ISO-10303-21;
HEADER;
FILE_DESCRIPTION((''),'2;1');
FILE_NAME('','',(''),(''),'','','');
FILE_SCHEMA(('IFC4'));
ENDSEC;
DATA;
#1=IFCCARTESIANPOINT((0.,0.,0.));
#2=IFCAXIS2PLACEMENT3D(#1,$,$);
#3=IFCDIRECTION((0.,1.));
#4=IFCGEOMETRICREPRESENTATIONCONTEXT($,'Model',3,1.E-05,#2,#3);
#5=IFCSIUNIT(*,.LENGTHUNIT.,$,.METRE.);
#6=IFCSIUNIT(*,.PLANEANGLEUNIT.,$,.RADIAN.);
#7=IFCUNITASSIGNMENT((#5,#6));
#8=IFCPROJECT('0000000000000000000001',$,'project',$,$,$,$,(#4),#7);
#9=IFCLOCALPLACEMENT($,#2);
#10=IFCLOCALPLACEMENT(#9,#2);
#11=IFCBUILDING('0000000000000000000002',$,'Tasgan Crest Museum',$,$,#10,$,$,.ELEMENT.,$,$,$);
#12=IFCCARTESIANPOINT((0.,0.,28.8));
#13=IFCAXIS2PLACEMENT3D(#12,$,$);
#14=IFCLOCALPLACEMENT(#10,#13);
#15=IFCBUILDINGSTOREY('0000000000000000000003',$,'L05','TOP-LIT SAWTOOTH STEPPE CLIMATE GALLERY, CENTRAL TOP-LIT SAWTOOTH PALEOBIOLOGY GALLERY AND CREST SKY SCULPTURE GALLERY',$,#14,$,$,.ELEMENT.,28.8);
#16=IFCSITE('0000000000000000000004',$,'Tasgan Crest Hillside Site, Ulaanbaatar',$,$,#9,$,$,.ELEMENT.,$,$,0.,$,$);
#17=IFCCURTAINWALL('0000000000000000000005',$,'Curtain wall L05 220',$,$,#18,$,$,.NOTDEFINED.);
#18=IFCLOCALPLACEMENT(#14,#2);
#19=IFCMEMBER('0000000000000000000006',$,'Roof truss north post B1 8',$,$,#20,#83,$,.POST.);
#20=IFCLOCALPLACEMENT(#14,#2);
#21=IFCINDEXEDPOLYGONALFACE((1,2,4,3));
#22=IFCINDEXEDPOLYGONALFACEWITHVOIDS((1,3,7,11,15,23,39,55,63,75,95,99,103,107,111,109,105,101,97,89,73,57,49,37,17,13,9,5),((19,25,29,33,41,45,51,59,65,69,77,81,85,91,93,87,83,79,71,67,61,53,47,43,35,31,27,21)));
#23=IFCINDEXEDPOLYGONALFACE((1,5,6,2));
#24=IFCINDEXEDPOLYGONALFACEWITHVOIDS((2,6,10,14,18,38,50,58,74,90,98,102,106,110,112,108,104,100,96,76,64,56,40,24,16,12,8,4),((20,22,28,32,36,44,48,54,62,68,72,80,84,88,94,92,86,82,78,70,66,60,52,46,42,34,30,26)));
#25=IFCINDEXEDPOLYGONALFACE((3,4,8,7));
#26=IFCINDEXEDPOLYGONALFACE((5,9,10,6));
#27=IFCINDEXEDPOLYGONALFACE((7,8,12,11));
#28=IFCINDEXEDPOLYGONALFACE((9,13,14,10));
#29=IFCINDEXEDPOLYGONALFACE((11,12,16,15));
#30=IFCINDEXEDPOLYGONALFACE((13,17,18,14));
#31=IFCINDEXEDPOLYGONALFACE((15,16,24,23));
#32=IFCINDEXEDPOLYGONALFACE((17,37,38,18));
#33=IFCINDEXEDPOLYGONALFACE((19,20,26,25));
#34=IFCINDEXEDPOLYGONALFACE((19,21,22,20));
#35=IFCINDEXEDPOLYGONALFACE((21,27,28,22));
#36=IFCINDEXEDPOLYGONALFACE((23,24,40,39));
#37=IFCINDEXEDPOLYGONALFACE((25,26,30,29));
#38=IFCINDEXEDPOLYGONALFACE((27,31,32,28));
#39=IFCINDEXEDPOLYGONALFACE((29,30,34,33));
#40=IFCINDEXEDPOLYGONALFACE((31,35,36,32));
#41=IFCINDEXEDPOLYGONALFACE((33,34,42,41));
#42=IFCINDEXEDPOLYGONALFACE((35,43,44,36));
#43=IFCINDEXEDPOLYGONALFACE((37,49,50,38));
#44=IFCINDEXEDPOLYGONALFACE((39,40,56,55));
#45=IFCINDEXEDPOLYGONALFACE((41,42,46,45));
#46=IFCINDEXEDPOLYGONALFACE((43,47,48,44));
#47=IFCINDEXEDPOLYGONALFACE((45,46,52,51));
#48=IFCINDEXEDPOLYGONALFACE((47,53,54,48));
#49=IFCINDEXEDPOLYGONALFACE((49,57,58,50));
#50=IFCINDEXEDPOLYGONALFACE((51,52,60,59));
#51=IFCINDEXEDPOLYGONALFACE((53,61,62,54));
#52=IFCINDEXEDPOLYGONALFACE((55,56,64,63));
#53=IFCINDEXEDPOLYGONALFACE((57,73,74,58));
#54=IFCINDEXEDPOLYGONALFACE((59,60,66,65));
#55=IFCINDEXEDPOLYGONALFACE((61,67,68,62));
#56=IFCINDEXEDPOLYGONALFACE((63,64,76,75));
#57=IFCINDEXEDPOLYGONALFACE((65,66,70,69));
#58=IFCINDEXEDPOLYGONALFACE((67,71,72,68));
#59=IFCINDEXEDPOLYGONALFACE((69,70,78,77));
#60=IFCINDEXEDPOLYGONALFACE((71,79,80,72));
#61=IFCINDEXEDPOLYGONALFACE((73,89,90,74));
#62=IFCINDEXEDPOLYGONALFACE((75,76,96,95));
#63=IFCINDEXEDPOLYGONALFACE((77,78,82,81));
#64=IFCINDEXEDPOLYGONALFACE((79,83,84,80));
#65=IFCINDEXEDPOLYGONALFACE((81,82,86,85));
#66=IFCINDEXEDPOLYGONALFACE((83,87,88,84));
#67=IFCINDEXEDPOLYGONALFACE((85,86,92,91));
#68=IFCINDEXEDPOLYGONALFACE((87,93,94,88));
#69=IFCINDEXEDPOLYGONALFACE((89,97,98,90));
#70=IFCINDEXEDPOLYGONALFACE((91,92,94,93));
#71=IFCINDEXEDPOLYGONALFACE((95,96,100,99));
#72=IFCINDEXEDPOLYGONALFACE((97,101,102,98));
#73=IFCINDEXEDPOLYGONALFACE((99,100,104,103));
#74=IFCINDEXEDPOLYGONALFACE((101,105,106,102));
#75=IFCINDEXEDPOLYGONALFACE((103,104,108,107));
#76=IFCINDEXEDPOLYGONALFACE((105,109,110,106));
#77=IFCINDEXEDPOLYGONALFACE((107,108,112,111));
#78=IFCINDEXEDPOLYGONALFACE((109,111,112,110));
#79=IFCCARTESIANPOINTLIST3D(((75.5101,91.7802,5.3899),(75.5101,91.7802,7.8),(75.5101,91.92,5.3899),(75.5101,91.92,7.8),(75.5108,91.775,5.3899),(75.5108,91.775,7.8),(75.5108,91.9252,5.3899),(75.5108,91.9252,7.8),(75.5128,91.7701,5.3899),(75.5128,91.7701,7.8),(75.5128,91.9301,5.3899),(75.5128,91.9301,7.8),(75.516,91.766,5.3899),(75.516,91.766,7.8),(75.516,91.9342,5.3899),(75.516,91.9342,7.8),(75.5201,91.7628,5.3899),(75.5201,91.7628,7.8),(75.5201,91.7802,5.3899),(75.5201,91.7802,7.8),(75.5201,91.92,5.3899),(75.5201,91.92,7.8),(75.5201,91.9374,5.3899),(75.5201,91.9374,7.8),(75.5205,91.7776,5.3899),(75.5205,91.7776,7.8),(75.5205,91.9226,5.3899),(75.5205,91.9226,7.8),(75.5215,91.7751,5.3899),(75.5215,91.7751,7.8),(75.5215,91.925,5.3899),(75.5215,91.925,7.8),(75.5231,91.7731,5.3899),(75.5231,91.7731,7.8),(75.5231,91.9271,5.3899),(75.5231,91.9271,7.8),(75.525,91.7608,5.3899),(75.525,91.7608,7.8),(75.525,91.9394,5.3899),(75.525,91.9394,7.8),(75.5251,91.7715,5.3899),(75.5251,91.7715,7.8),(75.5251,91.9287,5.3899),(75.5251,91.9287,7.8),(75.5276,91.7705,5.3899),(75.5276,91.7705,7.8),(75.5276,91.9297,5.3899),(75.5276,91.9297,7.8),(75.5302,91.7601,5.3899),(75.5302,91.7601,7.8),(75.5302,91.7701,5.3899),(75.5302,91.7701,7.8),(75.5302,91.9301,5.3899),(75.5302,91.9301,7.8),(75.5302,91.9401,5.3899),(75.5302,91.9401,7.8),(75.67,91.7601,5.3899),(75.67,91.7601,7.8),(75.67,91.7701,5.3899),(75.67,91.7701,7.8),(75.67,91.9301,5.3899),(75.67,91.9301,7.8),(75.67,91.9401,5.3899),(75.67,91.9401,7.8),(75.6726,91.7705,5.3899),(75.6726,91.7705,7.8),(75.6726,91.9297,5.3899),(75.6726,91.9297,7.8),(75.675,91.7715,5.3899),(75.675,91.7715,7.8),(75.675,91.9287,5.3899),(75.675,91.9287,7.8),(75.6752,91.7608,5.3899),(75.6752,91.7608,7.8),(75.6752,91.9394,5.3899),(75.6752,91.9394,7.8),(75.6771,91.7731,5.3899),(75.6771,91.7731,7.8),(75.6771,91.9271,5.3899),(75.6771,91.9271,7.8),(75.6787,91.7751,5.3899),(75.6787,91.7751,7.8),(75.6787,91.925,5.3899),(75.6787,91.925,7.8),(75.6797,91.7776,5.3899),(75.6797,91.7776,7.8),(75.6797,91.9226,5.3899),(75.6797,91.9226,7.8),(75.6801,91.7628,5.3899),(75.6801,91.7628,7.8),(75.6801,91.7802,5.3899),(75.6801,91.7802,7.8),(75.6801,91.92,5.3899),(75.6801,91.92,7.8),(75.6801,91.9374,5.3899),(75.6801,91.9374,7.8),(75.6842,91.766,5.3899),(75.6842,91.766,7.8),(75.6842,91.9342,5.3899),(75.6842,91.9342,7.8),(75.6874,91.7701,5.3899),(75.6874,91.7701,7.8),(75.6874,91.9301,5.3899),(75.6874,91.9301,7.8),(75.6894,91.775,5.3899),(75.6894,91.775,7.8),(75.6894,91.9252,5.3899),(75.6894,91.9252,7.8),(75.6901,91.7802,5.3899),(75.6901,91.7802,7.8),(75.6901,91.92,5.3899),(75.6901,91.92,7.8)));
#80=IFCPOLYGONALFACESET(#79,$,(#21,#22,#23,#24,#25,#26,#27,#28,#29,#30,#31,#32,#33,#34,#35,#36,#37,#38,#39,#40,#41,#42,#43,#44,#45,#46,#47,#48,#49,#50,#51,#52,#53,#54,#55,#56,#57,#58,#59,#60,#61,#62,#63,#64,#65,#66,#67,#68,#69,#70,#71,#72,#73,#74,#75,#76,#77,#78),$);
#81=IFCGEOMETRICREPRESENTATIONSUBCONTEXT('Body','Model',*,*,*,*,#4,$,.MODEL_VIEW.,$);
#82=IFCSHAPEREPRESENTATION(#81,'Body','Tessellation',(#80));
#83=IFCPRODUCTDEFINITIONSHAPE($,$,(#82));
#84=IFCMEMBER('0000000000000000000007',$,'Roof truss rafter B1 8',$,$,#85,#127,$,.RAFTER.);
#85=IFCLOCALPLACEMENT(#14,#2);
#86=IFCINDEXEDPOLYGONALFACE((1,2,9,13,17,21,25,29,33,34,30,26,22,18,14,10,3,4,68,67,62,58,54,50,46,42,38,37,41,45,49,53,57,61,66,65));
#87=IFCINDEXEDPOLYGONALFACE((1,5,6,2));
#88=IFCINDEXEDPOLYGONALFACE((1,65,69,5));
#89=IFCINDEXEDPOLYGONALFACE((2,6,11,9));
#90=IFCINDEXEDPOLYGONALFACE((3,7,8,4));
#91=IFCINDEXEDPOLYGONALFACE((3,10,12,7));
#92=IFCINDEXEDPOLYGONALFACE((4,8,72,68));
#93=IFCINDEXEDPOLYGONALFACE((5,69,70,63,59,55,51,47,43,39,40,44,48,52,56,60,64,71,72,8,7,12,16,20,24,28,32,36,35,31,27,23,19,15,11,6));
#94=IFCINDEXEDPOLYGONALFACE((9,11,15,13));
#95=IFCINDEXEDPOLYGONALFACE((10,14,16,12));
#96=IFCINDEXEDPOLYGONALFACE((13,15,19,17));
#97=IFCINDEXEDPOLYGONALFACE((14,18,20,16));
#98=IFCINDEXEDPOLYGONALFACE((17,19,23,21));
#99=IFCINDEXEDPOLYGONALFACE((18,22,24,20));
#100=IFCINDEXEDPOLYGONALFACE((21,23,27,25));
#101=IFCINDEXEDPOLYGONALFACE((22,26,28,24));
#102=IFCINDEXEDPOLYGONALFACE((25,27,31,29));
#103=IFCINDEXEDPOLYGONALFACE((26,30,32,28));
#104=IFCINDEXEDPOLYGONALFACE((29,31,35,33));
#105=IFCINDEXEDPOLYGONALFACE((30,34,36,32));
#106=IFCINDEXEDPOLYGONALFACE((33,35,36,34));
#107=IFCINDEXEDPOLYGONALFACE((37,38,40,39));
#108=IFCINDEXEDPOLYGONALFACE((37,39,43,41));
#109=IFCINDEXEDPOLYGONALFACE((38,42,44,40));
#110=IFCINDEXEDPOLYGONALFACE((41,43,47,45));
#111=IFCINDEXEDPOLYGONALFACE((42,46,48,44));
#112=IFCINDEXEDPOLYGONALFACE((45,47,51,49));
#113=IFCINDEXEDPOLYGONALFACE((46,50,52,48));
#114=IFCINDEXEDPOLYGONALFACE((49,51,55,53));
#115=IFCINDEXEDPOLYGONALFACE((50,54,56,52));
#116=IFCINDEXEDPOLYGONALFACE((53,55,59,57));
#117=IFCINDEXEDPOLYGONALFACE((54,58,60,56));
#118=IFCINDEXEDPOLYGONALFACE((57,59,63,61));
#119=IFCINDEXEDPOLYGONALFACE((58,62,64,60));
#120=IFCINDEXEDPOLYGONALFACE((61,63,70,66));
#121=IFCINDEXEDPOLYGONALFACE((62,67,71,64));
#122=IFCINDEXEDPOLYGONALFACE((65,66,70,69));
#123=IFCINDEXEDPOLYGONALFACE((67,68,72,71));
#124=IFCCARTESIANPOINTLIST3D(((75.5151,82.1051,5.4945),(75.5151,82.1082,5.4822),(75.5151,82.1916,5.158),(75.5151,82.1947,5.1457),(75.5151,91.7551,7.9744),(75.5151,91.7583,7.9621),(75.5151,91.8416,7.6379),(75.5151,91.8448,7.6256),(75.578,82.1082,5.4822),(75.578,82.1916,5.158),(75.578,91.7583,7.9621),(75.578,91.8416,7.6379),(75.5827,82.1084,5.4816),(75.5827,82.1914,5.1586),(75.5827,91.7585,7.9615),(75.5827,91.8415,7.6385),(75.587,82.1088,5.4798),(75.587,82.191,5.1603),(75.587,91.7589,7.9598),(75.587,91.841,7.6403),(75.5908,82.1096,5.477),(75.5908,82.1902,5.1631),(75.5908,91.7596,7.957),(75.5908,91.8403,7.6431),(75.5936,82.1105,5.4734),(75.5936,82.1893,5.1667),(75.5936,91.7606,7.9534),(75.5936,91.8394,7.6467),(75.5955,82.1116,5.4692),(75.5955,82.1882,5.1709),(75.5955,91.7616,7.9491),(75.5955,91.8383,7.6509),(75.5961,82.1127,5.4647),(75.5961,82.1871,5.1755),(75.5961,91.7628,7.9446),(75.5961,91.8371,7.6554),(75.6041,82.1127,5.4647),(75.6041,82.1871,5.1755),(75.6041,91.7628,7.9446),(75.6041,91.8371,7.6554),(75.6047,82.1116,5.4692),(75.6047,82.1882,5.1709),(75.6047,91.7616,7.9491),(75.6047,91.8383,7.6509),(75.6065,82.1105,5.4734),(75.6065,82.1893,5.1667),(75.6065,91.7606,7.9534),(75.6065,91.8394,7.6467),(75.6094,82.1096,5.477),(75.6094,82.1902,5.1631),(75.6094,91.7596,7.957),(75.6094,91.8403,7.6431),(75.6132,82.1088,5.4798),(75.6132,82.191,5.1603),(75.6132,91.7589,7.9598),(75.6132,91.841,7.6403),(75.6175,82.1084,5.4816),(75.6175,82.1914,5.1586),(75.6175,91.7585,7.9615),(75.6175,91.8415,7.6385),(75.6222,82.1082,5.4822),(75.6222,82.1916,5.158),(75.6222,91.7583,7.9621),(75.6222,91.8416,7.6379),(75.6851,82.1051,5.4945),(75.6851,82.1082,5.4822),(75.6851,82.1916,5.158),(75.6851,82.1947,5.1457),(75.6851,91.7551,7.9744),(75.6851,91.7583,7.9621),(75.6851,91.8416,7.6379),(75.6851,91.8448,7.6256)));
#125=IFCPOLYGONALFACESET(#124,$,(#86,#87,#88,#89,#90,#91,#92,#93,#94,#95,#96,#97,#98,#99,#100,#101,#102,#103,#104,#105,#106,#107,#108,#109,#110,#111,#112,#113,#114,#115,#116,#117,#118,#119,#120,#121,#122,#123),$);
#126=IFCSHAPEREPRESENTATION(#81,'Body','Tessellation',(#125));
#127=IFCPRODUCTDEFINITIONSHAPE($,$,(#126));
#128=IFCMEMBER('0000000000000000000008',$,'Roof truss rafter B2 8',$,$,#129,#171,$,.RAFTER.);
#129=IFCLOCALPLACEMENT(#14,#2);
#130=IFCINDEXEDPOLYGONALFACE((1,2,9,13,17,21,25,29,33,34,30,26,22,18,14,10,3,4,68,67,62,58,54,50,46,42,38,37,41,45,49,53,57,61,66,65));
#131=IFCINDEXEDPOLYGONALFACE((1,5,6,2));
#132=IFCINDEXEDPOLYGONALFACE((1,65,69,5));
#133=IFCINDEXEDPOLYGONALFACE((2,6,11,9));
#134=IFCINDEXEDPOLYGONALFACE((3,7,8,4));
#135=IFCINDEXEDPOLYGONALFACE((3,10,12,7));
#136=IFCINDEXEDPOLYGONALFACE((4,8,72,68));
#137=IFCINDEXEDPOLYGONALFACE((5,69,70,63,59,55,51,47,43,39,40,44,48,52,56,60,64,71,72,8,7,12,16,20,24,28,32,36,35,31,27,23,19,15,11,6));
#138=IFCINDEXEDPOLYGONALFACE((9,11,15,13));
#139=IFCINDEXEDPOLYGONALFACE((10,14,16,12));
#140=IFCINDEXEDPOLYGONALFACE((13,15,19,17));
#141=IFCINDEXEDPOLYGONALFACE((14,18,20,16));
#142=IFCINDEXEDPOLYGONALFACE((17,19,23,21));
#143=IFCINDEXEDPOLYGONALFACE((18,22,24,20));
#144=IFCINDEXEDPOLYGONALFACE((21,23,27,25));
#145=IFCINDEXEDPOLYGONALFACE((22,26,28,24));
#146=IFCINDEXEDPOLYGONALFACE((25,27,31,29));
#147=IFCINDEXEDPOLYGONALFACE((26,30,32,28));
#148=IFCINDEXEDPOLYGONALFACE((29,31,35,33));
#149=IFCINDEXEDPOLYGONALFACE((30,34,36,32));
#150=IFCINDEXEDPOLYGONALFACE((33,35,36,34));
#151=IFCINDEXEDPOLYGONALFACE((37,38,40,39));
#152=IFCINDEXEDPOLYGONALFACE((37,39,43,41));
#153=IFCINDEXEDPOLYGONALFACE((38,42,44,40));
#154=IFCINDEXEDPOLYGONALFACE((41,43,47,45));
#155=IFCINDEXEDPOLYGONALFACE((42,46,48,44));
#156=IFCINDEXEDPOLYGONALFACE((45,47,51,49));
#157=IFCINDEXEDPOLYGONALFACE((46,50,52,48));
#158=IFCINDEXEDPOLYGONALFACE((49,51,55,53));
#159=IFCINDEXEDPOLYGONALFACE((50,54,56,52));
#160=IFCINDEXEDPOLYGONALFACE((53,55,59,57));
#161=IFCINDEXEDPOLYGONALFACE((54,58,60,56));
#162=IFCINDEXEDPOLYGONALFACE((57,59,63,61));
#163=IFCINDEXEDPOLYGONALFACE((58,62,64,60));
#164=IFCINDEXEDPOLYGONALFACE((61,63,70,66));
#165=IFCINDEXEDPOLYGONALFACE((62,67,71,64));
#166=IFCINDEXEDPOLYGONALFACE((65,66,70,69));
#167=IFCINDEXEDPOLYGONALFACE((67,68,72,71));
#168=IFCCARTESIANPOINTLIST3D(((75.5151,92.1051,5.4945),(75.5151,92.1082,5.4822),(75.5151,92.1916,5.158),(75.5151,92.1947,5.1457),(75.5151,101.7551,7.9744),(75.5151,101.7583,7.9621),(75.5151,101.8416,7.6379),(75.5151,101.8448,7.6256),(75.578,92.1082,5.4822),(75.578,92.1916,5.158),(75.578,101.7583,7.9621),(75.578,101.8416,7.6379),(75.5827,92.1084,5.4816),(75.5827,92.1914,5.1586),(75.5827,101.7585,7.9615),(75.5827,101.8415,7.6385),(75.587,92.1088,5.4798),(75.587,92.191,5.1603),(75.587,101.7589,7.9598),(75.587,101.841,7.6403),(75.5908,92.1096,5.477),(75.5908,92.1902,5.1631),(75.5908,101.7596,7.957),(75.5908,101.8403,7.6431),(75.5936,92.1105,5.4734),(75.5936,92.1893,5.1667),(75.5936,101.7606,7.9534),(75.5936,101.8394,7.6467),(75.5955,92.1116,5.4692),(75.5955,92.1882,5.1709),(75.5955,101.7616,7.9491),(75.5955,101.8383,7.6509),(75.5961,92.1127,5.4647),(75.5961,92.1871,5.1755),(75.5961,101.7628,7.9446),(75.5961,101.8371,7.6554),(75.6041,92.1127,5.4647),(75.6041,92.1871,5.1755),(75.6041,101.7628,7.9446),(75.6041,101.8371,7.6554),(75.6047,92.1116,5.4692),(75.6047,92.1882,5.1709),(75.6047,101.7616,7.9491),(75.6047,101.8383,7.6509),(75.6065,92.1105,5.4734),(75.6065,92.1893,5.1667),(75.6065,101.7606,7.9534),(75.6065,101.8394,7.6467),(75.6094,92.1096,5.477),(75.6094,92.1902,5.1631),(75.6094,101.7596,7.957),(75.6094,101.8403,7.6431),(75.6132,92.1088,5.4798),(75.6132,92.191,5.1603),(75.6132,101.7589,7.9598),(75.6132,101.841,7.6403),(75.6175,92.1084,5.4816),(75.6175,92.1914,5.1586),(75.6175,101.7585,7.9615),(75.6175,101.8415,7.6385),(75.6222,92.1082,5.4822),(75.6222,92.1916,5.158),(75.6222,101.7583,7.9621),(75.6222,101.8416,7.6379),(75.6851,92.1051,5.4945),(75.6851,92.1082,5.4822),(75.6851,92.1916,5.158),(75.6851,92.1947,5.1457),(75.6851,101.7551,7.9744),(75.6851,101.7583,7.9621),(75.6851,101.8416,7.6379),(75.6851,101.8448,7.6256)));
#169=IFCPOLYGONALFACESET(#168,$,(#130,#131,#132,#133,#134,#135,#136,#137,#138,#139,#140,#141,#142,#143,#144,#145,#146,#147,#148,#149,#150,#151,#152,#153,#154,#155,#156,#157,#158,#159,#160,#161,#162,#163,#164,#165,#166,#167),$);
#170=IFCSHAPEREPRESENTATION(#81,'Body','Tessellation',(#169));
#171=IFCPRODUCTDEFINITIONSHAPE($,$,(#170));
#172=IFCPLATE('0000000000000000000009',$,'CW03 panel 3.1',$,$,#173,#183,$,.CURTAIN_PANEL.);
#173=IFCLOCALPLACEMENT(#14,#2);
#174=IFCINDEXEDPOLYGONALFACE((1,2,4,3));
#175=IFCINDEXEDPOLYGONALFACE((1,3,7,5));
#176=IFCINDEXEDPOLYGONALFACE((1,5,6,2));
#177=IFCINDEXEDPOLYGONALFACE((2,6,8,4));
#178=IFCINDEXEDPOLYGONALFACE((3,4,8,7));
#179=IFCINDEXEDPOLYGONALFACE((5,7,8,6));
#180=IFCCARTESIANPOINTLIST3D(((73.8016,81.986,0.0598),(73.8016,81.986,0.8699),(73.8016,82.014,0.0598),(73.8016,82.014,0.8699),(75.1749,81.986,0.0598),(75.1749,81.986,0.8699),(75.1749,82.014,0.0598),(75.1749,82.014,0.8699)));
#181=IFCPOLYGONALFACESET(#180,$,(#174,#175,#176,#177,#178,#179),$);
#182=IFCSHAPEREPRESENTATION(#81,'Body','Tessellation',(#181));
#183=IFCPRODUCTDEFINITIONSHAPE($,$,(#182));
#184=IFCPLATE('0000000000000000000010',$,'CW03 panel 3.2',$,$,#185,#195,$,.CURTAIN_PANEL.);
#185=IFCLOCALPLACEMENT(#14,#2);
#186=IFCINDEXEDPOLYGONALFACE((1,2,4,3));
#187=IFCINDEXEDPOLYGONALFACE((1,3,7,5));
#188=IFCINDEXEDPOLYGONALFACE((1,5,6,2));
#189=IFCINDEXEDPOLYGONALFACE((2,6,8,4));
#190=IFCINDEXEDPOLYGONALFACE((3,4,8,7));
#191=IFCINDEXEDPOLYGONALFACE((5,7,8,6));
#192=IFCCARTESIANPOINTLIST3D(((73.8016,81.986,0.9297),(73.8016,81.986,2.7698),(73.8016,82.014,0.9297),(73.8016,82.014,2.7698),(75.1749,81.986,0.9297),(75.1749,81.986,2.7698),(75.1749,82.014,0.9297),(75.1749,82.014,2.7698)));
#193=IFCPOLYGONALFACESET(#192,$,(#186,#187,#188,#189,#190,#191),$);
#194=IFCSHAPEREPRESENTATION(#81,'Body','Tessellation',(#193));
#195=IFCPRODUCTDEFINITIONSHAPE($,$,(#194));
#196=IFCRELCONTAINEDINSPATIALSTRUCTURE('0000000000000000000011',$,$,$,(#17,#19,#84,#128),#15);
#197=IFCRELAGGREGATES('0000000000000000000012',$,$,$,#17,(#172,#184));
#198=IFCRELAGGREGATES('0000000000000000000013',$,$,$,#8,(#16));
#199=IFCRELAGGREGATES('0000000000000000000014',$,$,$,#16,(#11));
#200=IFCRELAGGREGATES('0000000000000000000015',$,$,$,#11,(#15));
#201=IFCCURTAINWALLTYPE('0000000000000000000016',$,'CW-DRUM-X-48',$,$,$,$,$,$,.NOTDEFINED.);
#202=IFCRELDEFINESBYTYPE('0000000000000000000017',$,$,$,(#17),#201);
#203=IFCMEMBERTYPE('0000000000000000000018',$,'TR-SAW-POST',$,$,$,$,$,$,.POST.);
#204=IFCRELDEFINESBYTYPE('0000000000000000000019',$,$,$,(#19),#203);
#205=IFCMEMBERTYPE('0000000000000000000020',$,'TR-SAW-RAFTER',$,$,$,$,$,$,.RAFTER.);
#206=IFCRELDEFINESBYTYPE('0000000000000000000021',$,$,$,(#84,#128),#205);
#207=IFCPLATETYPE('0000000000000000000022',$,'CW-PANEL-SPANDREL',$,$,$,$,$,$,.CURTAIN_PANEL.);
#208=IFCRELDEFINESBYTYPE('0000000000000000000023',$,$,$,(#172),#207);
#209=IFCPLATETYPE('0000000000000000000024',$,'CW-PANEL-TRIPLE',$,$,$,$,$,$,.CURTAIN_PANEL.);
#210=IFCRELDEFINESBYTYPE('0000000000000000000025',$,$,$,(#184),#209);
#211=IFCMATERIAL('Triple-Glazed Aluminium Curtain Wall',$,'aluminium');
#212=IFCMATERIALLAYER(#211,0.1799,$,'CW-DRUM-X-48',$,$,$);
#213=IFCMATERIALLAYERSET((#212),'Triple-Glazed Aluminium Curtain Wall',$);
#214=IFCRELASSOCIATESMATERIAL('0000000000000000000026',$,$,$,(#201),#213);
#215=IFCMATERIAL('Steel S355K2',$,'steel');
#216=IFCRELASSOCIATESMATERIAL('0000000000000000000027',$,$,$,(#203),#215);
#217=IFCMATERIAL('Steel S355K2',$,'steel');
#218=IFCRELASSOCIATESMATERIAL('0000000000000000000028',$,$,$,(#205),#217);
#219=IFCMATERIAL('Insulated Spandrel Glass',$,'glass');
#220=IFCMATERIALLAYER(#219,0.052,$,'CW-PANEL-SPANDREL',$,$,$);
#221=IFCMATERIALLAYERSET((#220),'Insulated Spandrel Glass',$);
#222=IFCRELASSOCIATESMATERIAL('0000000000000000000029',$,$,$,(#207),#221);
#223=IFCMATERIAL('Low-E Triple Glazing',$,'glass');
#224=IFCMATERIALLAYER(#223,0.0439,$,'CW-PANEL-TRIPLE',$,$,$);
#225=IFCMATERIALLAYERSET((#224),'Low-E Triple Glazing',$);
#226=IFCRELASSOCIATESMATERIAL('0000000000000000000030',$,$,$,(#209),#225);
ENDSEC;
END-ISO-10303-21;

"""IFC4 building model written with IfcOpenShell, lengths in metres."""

from ifc_helpers import new_model, si_unit, direction, frame, origin, origin_2d, place, context, subcontext, project, spatial, rectangle, hollow_rectangle, i_section, extrude, material, layer, layer_set, material_profile, profile_set, type_object, element, aggregate, save


model = new_model("IFC4")

# Units and contexts
model_context = context("Model", 3, precision=1e-05, world=origin(), true_north=direction((0.0, 1.0)))
body_context = subcontext(model_context, "Body", "Model", "MODEL_VIEW")
ifc_project = project(units=[si_unit("LENGTHUNIT", "METRE"), si_unit("PLANEANGLEUNIT", "RADIAN")], contexts=[model_context])

# Site, building, storey
site_placement = place(None, origin())
site = spatial("IfcSite", under=ifc_project, at=site_placement, Name="Tasgan Crest Hillside Site, Ulaanbaatar", CompositionType="ELEMENT", RefElevation=0.0)
building_placement = place(site_placement, origin())
building = spatial("IfcBuilding", under=site, at=building_placement, Name="Tasgan Crest Museum", CompositionType="ELEMENT")
storey_placement = place(building_placement, frame((0.0, 0.0, 28.8)))
storey = spatial("IfcBuildingStorey", under=building, at=storey_placement, Name="L05", Description="TOP-LIT SAWTOOTH STEPPE CLIMATE GALLERY, CENTRAL TOP-LIT SAWTOOTH PALEOBIOLOGY GALLERY AND CREST SKY SCULPTURE GALLERY", CompositionType="ELEMENT", Elevation=28.8)

# Curtain wall
ifc_material_1 = material(Name="Triple-Glazed Aluminium Curtain Wall", Category="aluminium")
ifc_layer_1 = layer(ifc_material_1, 0.1799, Name="CW-DRUM-X-48")
ifc_layer_set_1 = layer_set([ifc_layer_1], Name="Triple-Glazed Aluminium Curtain Wall")
curtain_wall_type = type_object("IfcCurtainWallType", Name="CW-DRUM-X-48", PredefinedType="NOTDEFINED", material=ifc_layer_set_1)
curtain_wall_placement = place(storey_placement, origin())
curtain_wall = element("IfcCurtainWall", 1, at=curtain_wall_placement, inside=storey, type_object=curtain_wall_type, Name="Curtain wall L05 220", PredefinedType="NOTDEFINED")

# Members
ifc_material_2 = material(Name="Steel S355K2", Category="steel")
ifc_material_profile_1 = material_profile(ifc_material_2, hollow_rectangle(XDim=0.1799, YDim=0.1799, WallThickness=0.01, InnerFilletRadius=0.01, OuterFilletRadius=0.02, at=origin_2d()), Name="SHS 180x180x10")
ifc_profile_set_1 = profile_set([ifc_material_profile_1], Name="Steel S355K2")
member_type_1 = type_object("IfcMemberType", Name="TR-SAW-POST", PredefinedType="POST", material=ifc_profile_set_1)
member_1_placement = place(storey_placement, frame((75.6001, 91.8501, 5.3899), z_axis=(0.0, 0.0, 1.0), x_axis=(1.0, 0.0, 0.0)))
element("IfcMember", 2, at=member_1_placement, inside=storey, type_object=member_type_1, Name="Roof truss north post B1 8", PredefinedType="POST", context=body_context, shape_type="SweptSolid", body=[
    extrude(hollow_rectangle(XDim=0.1799, YDim=0.1799, WallThickness=0.01, InnerFilletRadius=0.01, OuterFilletRadius=0.02, at=origin_2d()), origin(), (0.0, 0.0, 1.0), 2.4102),
])
ifc_material_3 = material(Name="Steel S355K2", Category="steel")
ifc_material_profile_2 = material_profile(ifc_material_3, i_section(OverallWidth=0.1699, OverallDepth=0.3601, WebThickness=0.0081, FlangeThickness=0.0127, FilletRadius=0.0181, at=origin_2d()), Name="IPE 360")
ifc_profile_set_2 = profile_set([ifc_material_profile_2], Name="Steel S355K2")
member_type_2 = type_object("IfcMemberType", Name="TR-SAW-RAFTER", PredefinedType="RAFTER", material=ifc_profile_set_2)
for number, where, z_axis, x_axis, name in (
    (3, (75.6001, 82.1499, 5.3201), (0.0, 0.968529, 0.248901), (-1.0, 0.0, 0.0), "Roof truss rafter B1 8"),
    (4, (75.6001, 92.1499, 5.3201), (0.0, 0.968529, 0.248901), (-1.0, 0.0, 0.0), "Roof truss rafter B2 8"),
):
    element("IfcMember", number, at=place(storey_placement, frame(where, z_axis=z_axis, x_axis=x_axis)), inside=storey, type_object=member_type_2, Name=name, PredefinedType="RAFTER", context=body_context, shape_type="SweptSolid", body=[
        extrude(i_section(OverallWidth=0.1699, OverallDepth=0.3601, WebThickness=0.0081, FlangeThickness=0.0127, FilletRadius=0.0181, at=origin_2d()), origin(), (0.0, 0.0, 1.0), 9.9636),
    ])

# Plates
ifc_material_4 = material(Name="Insulated Spandrel Glass", Category="glass")
ifc_layer_2 = layer(ifc_material_4, 0.052, Name="CW-PANEL-SPANDREL")
ifc_layer_set_2 = layer_set([ifc_layer_2], Name="Insulated Spandrel Glass")
plate_type_1 = type_object("IfcPlateType", Name="CW-PANEL-SPANDREL", PredefinedType="CURTAIN_PANEL", material=ifc_layer_set_2)
plate_1_placement = place(storey_placement, frame((74.4883, 82.0, 0.0598), z_axis=(0.0, 0.0, 1.0), x_axis=(1.0, 0.0, 0.0)))
plate_1 = element("IfcPlate", 5, at=plate_1_placement, type_object=plate_type_1, Name="CW03 panel 3.1", PredefinedType="CURTAIN_PANEL", context=body_context, shape_type="SweptSolid", body=[
    extrude(rectangle(XDim=1.3733, YDim=0.0281, at=origin_2d()), origin(), (0.0, 0.0, 1.0), 0.8101),
])
ifc_material_5 = material(Name="Low-E Triple Glazing", Category="glass")
ifc_layer_3 = layer(ifc_material_5, 0.0439, Name="CW-PANEL-TRIPLE")
ifc_layer_set_3 = layer_set([ifc_layer_3], Name="Low-E Triple Glazing")
plate_type_2 = type_object("IfcPlateType", Name="CW-PANEL-TRIPLE", PredefinedType="CURTAIN_PANEL", material=ifc_layer_set_3)
plate_2_placement = place(storey_placement, frame((74.4883, 82.0, 0.9297), z_axis=(0.0, 0.0, 1.0), x_axis=(1.0, 0.0, 0.0)))
plate_2 = element("IfcPlate", 6, at=plate_2_placement, type_object=plate_type_2, Name="CW03 panel 3.2", PredefinedType="CURTAIN_PANEL", context=body_context, shape_type="SweptSolid", body=[
    extrude(rectangle(XDim=1.3733, YDim=0.0281, at=origin_2d()), origin(), (0.0, 0.0, 1.0), 1.8401),
])
aggregate(curtain_wall, [plate_1, plate_2])

save(model, "model.ifc")
